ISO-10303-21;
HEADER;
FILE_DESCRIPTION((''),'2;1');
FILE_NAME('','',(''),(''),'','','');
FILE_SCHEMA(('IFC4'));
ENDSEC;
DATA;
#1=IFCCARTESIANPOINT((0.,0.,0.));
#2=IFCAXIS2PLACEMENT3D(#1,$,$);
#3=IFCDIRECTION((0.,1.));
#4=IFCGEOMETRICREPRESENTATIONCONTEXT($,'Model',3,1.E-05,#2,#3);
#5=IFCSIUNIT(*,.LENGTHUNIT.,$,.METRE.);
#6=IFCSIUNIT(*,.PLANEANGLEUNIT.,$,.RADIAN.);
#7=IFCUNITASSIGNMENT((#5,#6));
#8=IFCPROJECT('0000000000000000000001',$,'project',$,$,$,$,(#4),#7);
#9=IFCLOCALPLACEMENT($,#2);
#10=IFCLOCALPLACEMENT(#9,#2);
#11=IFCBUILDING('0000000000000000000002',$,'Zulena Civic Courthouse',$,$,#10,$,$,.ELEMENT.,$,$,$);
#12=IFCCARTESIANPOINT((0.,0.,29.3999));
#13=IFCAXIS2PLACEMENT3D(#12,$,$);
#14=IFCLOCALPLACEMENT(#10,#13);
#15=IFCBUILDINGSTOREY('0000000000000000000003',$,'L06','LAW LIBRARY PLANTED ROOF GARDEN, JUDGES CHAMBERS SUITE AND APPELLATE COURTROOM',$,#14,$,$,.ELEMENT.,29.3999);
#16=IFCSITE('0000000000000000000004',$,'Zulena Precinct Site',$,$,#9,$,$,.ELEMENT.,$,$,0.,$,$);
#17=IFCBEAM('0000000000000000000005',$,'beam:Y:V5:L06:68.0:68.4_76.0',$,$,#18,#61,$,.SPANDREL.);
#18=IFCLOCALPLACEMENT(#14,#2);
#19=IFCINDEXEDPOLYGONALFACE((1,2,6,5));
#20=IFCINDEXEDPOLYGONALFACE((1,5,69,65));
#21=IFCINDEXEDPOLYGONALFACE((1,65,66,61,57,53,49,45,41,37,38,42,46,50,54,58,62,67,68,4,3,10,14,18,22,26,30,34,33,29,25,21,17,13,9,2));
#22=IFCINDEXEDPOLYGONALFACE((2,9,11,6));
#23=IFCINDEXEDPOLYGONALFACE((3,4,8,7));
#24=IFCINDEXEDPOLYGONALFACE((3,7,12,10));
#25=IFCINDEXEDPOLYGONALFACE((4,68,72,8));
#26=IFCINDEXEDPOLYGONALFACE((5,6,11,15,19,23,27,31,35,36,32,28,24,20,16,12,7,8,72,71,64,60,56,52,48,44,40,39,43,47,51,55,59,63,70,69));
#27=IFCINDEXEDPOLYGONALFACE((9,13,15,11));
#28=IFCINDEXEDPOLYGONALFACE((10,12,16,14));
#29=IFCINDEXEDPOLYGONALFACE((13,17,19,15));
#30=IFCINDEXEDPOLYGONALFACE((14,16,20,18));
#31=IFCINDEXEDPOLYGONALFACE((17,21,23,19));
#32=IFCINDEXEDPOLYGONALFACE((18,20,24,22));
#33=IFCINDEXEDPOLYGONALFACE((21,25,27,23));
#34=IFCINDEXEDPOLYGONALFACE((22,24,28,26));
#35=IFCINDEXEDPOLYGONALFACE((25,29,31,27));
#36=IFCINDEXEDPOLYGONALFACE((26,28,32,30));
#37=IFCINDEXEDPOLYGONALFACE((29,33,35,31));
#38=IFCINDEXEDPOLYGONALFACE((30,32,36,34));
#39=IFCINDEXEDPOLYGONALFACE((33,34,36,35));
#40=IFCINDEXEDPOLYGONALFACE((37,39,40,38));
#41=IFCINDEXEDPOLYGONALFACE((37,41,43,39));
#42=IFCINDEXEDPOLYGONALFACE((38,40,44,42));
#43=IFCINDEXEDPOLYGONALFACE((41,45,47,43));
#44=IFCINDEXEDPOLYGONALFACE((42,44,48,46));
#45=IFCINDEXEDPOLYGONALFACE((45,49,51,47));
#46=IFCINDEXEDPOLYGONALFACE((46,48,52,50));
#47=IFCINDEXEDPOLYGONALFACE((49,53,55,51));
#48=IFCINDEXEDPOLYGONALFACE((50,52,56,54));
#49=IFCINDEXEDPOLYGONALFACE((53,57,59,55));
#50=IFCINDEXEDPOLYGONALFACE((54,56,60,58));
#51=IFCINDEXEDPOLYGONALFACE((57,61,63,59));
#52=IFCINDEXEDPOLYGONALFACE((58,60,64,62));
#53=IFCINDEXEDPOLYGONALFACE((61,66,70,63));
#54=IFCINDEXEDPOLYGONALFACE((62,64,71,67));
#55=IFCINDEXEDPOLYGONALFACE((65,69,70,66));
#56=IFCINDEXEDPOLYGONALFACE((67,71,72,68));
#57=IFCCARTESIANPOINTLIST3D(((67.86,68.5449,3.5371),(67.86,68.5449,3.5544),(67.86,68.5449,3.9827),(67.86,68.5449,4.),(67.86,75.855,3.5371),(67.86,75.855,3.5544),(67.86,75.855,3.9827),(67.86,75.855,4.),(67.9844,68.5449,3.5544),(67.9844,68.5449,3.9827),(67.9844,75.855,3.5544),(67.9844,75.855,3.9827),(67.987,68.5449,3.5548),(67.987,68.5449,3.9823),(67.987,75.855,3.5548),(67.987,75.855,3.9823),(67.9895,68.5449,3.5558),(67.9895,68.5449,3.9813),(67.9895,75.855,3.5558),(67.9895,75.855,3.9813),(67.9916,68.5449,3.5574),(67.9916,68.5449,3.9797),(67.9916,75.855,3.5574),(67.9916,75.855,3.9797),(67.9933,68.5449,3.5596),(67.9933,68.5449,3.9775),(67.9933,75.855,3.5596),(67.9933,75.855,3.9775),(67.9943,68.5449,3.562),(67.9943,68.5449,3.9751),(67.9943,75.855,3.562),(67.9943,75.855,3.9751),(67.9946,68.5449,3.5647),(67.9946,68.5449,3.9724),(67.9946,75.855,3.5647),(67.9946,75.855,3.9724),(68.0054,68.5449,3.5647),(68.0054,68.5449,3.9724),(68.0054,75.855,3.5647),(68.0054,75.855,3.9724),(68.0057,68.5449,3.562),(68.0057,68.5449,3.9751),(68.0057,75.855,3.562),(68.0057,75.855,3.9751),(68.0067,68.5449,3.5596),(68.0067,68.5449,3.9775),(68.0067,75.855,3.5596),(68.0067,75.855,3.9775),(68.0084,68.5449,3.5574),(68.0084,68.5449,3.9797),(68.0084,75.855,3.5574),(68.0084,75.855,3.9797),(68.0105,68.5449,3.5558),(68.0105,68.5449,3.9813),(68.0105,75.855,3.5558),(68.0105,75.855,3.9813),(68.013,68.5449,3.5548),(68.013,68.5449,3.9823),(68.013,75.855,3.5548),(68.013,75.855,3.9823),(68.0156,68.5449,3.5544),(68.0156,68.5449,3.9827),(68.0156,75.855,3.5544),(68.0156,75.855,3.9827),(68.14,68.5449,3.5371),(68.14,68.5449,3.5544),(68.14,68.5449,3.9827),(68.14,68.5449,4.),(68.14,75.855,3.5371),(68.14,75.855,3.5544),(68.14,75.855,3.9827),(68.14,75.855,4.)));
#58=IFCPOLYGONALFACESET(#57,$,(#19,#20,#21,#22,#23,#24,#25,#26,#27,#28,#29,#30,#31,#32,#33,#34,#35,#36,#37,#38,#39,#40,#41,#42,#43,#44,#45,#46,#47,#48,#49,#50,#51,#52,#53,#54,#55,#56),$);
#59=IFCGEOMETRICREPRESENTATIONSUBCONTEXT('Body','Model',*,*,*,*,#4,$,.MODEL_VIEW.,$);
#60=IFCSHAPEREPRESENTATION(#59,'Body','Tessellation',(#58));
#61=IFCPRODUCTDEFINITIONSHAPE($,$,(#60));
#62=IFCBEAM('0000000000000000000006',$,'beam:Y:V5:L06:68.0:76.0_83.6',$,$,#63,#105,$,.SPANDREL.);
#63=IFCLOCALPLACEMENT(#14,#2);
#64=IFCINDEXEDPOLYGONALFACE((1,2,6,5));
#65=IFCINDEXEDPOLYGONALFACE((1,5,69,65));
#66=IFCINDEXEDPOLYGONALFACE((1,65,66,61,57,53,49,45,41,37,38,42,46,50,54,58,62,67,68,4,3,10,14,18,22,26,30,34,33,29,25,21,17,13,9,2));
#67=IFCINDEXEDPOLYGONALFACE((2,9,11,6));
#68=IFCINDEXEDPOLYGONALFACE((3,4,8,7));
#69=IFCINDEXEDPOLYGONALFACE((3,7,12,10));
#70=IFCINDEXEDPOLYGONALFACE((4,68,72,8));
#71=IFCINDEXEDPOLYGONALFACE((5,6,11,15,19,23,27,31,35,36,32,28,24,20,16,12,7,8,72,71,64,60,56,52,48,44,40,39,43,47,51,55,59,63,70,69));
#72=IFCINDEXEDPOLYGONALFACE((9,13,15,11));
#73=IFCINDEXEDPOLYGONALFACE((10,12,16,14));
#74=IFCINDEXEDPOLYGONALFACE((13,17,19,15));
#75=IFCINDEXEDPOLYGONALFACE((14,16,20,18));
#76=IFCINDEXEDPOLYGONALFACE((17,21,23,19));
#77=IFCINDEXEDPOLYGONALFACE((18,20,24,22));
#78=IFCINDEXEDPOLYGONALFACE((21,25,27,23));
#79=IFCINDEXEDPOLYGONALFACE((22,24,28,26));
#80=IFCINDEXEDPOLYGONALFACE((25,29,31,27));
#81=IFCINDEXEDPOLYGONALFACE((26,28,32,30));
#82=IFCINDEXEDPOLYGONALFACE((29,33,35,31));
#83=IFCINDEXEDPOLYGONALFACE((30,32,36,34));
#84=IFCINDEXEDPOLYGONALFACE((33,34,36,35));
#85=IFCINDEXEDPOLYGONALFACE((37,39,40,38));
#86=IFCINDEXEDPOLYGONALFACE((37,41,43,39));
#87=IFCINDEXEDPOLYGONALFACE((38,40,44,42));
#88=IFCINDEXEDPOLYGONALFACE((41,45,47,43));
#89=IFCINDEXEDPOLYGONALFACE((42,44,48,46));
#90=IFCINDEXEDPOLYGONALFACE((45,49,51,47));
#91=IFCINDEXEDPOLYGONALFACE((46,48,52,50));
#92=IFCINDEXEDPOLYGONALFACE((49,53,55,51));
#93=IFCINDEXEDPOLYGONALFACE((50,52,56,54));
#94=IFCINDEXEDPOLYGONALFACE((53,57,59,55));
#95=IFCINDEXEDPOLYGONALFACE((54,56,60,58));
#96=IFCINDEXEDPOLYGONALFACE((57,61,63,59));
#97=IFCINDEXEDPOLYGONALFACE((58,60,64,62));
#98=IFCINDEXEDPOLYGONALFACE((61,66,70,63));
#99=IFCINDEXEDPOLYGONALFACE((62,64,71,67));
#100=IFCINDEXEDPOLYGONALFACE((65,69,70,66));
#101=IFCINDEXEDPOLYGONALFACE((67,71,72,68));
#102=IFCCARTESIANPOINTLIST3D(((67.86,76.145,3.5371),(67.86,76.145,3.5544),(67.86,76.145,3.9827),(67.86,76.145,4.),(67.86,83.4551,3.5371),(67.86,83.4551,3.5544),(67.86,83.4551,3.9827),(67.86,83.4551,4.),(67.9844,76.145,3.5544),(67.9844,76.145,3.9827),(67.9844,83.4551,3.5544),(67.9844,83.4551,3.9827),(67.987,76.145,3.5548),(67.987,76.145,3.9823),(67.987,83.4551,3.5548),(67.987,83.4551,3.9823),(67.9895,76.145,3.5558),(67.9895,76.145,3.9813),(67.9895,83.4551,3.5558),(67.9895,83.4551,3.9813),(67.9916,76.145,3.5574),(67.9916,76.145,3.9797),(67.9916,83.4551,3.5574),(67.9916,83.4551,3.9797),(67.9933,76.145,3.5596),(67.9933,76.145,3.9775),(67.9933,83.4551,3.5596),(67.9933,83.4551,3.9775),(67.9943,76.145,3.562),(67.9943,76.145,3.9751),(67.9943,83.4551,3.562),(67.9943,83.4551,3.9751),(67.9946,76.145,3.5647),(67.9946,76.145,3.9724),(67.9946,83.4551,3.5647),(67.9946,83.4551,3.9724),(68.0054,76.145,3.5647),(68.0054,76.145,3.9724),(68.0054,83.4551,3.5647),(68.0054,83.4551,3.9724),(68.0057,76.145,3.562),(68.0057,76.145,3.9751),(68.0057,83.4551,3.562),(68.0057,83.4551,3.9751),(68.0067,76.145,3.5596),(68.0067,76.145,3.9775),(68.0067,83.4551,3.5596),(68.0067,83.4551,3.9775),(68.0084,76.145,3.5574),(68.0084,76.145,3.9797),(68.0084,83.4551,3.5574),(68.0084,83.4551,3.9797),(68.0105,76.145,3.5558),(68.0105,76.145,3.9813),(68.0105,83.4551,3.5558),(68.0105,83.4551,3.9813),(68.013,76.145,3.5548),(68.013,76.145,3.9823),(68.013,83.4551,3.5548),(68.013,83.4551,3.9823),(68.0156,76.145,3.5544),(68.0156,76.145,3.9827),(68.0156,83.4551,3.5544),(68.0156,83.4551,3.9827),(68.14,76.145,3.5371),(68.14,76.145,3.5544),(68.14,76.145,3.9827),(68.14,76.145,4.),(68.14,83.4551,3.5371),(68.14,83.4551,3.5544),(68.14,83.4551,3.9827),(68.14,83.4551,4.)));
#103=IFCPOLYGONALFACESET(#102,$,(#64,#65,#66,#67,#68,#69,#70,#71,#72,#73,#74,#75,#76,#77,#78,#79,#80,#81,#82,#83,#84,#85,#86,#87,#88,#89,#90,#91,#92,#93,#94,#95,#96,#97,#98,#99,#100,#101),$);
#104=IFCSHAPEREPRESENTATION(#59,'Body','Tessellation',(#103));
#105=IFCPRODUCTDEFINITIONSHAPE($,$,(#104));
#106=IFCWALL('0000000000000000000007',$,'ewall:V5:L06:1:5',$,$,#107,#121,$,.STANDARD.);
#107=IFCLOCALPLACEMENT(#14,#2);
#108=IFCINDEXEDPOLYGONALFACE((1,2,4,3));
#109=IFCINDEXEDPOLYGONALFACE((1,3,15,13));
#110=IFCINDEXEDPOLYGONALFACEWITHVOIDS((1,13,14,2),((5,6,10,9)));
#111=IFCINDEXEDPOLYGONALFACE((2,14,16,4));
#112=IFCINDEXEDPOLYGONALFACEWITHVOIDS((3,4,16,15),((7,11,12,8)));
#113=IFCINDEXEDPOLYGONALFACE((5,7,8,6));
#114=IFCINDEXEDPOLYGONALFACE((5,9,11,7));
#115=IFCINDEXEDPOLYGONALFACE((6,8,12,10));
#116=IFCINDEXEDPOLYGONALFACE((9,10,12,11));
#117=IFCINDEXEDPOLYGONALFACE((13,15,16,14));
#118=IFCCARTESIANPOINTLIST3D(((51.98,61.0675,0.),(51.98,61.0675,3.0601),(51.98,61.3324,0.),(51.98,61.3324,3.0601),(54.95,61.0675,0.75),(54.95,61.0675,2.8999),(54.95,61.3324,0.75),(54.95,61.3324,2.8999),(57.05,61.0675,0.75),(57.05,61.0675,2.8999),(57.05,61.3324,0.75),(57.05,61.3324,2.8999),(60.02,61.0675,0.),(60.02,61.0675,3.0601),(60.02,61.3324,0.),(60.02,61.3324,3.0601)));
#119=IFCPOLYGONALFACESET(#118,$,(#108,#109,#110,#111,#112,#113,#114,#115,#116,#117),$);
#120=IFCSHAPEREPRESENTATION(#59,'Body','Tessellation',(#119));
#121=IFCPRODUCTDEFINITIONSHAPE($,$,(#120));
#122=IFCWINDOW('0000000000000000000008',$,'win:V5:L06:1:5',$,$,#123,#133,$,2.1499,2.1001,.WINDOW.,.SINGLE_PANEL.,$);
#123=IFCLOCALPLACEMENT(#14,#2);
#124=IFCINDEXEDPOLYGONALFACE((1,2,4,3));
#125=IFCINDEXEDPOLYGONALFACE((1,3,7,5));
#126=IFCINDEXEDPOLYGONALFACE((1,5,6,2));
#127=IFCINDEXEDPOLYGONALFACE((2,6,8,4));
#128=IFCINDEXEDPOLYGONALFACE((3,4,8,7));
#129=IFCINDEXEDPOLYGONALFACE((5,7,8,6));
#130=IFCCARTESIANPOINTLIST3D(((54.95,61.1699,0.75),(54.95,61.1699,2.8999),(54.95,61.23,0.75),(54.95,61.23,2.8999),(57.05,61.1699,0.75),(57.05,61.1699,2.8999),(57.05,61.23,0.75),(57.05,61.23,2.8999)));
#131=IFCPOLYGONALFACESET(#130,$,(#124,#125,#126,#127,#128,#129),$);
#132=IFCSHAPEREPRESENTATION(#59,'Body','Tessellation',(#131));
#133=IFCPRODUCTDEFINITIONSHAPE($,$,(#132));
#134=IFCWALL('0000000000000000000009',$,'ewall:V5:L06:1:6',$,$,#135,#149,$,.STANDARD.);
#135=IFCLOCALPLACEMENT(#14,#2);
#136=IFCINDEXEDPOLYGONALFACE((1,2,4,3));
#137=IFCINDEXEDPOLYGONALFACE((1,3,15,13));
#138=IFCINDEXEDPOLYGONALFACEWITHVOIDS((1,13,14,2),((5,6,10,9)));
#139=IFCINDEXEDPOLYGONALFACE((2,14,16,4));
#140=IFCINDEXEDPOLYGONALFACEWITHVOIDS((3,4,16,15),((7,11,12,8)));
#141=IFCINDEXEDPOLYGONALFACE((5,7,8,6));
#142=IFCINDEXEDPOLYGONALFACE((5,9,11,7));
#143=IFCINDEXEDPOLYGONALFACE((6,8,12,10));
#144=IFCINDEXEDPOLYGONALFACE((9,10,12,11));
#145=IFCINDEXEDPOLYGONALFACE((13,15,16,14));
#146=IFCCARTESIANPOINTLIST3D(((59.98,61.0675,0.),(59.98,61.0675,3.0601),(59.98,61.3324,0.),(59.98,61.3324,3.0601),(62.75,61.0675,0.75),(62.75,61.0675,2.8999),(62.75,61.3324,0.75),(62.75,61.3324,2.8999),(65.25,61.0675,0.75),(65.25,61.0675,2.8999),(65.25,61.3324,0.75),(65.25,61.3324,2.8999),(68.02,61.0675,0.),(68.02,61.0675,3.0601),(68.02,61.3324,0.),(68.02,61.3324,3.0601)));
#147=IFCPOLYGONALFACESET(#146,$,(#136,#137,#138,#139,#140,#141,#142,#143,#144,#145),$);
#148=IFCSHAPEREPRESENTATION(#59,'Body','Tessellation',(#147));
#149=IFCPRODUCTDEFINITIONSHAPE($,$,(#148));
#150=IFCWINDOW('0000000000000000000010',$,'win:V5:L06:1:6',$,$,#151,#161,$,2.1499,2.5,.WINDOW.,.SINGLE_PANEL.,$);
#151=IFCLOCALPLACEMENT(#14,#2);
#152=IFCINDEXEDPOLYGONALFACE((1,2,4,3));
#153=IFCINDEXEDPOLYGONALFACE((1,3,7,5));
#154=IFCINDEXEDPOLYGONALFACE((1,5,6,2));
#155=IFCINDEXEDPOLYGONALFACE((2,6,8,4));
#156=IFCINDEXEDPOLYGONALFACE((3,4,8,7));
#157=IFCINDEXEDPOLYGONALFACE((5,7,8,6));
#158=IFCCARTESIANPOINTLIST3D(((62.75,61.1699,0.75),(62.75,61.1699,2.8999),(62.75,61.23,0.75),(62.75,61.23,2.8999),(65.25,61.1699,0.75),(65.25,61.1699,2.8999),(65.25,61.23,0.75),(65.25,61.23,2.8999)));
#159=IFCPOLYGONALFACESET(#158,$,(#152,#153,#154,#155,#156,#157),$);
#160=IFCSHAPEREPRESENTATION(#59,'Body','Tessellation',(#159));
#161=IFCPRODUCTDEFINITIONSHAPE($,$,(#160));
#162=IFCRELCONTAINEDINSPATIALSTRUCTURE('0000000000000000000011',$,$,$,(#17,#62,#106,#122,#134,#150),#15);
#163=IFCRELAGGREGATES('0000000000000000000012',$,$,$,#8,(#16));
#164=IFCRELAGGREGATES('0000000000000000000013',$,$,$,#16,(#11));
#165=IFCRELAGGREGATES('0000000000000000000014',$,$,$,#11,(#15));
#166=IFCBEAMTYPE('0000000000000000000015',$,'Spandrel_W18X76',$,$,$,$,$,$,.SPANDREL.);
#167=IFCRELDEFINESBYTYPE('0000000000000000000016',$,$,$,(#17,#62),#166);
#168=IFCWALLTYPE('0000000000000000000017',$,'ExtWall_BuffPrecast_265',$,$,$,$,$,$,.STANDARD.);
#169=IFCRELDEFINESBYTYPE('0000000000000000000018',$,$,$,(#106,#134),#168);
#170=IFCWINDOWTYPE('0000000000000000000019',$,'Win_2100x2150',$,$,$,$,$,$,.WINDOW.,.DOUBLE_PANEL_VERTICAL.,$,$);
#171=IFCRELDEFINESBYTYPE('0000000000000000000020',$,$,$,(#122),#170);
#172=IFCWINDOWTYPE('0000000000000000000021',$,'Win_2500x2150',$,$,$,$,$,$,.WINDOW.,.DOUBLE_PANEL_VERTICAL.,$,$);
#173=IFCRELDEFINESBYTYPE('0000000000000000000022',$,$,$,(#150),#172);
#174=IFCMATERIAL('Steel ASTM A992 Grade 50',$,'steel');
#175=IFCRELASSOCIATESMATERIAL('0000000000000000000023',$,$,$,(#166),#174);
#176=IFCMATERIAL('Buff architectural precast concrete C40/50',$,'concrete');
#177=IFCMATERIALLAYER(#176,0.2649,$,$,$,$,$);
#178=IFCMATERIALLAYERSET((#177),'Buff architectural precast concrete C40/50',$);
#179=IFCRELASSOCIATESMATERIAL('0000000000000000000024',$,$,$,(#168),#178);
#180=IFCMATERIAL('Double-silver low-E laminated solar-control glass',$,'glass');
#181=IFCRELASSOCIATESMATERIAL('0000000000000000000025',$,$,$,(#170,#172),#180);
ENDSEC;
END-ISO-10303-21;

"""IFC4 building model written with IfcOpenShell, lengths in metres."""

from ifc_helpers import new_model, si_unit, direction, frame, frame_2d, origin, origin_2d, place, context, subcontext, project, spatial, rectangle, i_section, extrude, material, layer, layer_set, material_profile, profile_set, type_object, element, fill, save


model = new_model("IFC4")

# Units and contexts
model_context = context("Model", 3, precision=1e-05, world=origin(), true_north=direction((0.0, 1.0)))
body_context = subcontext(model_context, "Body", "Model", "MODEL_VIEW")
ifc_project = project(units=[si_unit("LENGTHUNIT", "METRE"), si_unit("PLANEANGLEUNIT", "RADIAN")], contexts=[model_context])

# Site, building, storey
site_placement = place(None, origin())
site = spatial("IfcSite", under=ifc_project, at=site_placement, Name="Zulena Precinct Site", CompositionType="ELEMENT", RefElevation=0.0)
building_placement = place(site_placement, origin())
building = spatial("IfcBuilding", under=site, at=building_placement, Name="Zulena Civic Courthouse", CompositionType="ELEMENT")
storey_placement = place(building_placement, frame((0.0, 0.0, 29.3999)))
storey = spatial("IfcBuildingStorey", under=building, at=storey_placement, Name="L06", Description="LAW LIBRARY PLANTED ROOF GARDEN, JUDGES CHAMBERS SUITE AND APPELLATE COURTROOM", CompositionType="ELEMENT", Elevation=29.3999)

# Shared definitions
ifc_material_1 = material(Name="Steel ASTM A992 Grade 50", Category="steel")

# Beams
ifc_material_profile_1 = material_profile(ifc_material_1, i_section(OverallWidth=0.28, OverallDepth=0.4629, WebThickness=0.0107, FlangeThickness=0.0173, FilletRadius=0.0103, at=origin_2d()), Name="W18X76")
ifc_profile_set_1 = profile_set([ifc_material_profile_1], Name="Steel ASTM A992 Grade 50")
beam_type_1 = type_object("IfcBeamType", Name="Spandrel_W18X76", PredefinedType="SPANDREL", material=ifc_profile_set_1)
for number, where, z_axis, x_axis, name in (
    (1, (68.0, 68.5449, 3.7686), (0.0, 1.0, 0.0), (-1.0, 0.0, 0.0), "beam:Y:V5:L06:68.0:68.4_76.0"),
    (2, (68.0, 76.145, 3.7686), (0.0, 1.0, 0.0), (-1.0, 0.0, 0.0), "beam:Y:V5:L06:68.0:76.0_83.6"),
):
    element("IfcBeam", number, at=place(storey_placement, frame(where, z_axis=z_axis, x_axis=x_axis)), inside=storey, type_object=beam_type_1, Name=name, PredefinedType="SPANDREL", context=body_context, shape_type="SweptSolid", body=[
        extrude(i_section(OverallWidth=0.28, OverallDepth=0.4629, WebThickness=0.0107, FlangeThickness=0.0173, FilletRadius=0.0103, at=origin_2d()), origin(), (0.0, 0.0, 1.0), 7.3101),
    ])

# Walls, openings, windows
ifc_material_2 = material(Name="Buff architectural precast concrete C40/50", Category="concrete")
ifc_layer_1 = layer(ifc_material_2, 0.2649)
ifc_layer_set_1 = layer_set([ifc_layer_1], Name="Buff architectural precast concrete C40/50")
wall_type_1 = type_object("IfcWallType", Name="ExtWall_BuffPrecast_265", PredefinedType="STANDARD", material=ifc_layer_set_1)
wall_1_placement = place(storey_placement, frame((51.98, 61.2, 0.0), z_axis=(0.0, 0.0, 1.0), x_axis=(1.0, 0.0, 0.0)))
wall_1 = element("IfcWall", 3, at=wall_1_placement, inside=storey, type_object=wall_type_1, Name="ewall:V5:L06:1:5", PredefinedType="STANDARD", context=body_context, shape_type="SweptSolid", body=[
    extrude(rectangle(XDim=8.04, YDim=0.2649, at=frame_2d((4.02, 0.0))), origin(), (0.0, 0.0, 1.0), 3.0601),
])
opening_1_placement = place(wall_1_placement, frame((2.97, 0.0, 0.75)))
opening_1 = element("IfcOpeningElement", 4, at=opening_1_placement, cuts=wall_1, PredefinedType="OPENING", context=body_context, shape_type="SweptSolid", body=[
    extrude(rectangle(XDim=2.1001, YDim=2.1499, at=frame_2d((1.05, 1.075))), frame((0.0, 0.1423, 0.0), z_axis=(0.0, -1.0, 0.0), x_axis=(1.0, 0.0, 0.0)), (0.0, 0.0, 1.0), 0.2849),
])
ifc_material_3 = material(Name="Double-silver low-E laminated solar-control glass", Category="glass")
window_type_1 = type_object("IfcWindowType", Name="Win_2100x2150", PartitioningType="DOUBLE_PANEL_VERTICAL", PredefinedType="WINDOW", material=ifc_material_3)
window_1_placement = place(opening_1_placement, origin())
window_1 = element("IfcWindow", 5, at=window_1_placement, inside=storey, type_object=window_type_1, Name="win:V5:L06:1:5", OverallHeight=2.1499, OverallWidth=2.1001, PartitioningType="SINGLE_PANEL", PredefinedType="WINDOW", context=body_context, shape_type="SweptSolid", body=[
    extrude(rectangle(XDim=2.1001, YDim=2.1499, at=frame_2d((1.05, 1.075))), frame((0.0, 0.03, 0.0), z_axis=(0.0, -1.0, 0.0), x_axis=(1.0, 0.0, 0.0)), (0.0, 0.0, 1.0), 0.0601),
])
fill(opening_1, window_1)
wall_2_placement = place(storey_placement, frame((59.98, 61.2, 0.0), z_axis=(0.0, 0.0, 1.0), x_axis=(1.0, 0.0, 0.0)))
wall_2 = element("IfcWall", 6, at=wall_2_placement, inside=storey, type_object=wall_type_1, Name="ewall:V5:L06:1:6", PredefinedType="STANDARD", context=body_context, shape_type="SweptSolid", body=[
    extrude(rectangle(XDim=8.04, YDim=0.2649, at=frame_2d((4.02, 0.0))), origin(), (0.0, 0.0, 1.0), 3.0601),
])
opening_2_placement = place(wall_2_placement, frame((2.77, 0.0, 0.75)))
opening_2 = element("IfcOpeningElement", 7, at=opening_2_placement, cuts=wall_2, PredefinedType="OPENING", context=body_context, shape_type="SweptSolid", body=[
    extrude(rectangle(XDim=2.5, YDim=2.1499, at=frame_2d((1.25, 1.075))), frame((0.0, 0.1423, 0.0), z_axis=(0.0, -1.0, 0.0), x_axis=(1.0, 0.0, 0.0)), (0.0, 0.0, 1.0), 0.2849),
])
window_type_2 = type_object("IfcWindowType", Name="Win_2500x2150", PartitioningType="DOUBLE_PANEL_VERTICAL", PredefinedType="WINDOW", material=ifc_material_3)
window_2_placement = place(opening_2_placement, origin())
window_2 = element("IfcWindow", 8, at=window_2_placement, inside=storey, type_object=window_type_2, Name="win:V5:L06:1:6", OverallHeight=2.1499, OverallWidth=2.5, PartitioningType="SINGLE_PANEL", PredefinedType="WINDOW", context=body_context, shape_type="SweptSolid", body=[
    extrude(rectangle(XDim=2.5, YDim=2.1499, at=frame_2d((1.25, 1.075))), frame((0.0, 0.03, 0.0), z_axis=(0.0, -1.0, 0.0), x_axis=(1.0, 0.0, 0.0)), (0.0, 0.0, 1.0), 0.0601),
])
fill(opening_2, window_2)

save(model, "model.ifc")
